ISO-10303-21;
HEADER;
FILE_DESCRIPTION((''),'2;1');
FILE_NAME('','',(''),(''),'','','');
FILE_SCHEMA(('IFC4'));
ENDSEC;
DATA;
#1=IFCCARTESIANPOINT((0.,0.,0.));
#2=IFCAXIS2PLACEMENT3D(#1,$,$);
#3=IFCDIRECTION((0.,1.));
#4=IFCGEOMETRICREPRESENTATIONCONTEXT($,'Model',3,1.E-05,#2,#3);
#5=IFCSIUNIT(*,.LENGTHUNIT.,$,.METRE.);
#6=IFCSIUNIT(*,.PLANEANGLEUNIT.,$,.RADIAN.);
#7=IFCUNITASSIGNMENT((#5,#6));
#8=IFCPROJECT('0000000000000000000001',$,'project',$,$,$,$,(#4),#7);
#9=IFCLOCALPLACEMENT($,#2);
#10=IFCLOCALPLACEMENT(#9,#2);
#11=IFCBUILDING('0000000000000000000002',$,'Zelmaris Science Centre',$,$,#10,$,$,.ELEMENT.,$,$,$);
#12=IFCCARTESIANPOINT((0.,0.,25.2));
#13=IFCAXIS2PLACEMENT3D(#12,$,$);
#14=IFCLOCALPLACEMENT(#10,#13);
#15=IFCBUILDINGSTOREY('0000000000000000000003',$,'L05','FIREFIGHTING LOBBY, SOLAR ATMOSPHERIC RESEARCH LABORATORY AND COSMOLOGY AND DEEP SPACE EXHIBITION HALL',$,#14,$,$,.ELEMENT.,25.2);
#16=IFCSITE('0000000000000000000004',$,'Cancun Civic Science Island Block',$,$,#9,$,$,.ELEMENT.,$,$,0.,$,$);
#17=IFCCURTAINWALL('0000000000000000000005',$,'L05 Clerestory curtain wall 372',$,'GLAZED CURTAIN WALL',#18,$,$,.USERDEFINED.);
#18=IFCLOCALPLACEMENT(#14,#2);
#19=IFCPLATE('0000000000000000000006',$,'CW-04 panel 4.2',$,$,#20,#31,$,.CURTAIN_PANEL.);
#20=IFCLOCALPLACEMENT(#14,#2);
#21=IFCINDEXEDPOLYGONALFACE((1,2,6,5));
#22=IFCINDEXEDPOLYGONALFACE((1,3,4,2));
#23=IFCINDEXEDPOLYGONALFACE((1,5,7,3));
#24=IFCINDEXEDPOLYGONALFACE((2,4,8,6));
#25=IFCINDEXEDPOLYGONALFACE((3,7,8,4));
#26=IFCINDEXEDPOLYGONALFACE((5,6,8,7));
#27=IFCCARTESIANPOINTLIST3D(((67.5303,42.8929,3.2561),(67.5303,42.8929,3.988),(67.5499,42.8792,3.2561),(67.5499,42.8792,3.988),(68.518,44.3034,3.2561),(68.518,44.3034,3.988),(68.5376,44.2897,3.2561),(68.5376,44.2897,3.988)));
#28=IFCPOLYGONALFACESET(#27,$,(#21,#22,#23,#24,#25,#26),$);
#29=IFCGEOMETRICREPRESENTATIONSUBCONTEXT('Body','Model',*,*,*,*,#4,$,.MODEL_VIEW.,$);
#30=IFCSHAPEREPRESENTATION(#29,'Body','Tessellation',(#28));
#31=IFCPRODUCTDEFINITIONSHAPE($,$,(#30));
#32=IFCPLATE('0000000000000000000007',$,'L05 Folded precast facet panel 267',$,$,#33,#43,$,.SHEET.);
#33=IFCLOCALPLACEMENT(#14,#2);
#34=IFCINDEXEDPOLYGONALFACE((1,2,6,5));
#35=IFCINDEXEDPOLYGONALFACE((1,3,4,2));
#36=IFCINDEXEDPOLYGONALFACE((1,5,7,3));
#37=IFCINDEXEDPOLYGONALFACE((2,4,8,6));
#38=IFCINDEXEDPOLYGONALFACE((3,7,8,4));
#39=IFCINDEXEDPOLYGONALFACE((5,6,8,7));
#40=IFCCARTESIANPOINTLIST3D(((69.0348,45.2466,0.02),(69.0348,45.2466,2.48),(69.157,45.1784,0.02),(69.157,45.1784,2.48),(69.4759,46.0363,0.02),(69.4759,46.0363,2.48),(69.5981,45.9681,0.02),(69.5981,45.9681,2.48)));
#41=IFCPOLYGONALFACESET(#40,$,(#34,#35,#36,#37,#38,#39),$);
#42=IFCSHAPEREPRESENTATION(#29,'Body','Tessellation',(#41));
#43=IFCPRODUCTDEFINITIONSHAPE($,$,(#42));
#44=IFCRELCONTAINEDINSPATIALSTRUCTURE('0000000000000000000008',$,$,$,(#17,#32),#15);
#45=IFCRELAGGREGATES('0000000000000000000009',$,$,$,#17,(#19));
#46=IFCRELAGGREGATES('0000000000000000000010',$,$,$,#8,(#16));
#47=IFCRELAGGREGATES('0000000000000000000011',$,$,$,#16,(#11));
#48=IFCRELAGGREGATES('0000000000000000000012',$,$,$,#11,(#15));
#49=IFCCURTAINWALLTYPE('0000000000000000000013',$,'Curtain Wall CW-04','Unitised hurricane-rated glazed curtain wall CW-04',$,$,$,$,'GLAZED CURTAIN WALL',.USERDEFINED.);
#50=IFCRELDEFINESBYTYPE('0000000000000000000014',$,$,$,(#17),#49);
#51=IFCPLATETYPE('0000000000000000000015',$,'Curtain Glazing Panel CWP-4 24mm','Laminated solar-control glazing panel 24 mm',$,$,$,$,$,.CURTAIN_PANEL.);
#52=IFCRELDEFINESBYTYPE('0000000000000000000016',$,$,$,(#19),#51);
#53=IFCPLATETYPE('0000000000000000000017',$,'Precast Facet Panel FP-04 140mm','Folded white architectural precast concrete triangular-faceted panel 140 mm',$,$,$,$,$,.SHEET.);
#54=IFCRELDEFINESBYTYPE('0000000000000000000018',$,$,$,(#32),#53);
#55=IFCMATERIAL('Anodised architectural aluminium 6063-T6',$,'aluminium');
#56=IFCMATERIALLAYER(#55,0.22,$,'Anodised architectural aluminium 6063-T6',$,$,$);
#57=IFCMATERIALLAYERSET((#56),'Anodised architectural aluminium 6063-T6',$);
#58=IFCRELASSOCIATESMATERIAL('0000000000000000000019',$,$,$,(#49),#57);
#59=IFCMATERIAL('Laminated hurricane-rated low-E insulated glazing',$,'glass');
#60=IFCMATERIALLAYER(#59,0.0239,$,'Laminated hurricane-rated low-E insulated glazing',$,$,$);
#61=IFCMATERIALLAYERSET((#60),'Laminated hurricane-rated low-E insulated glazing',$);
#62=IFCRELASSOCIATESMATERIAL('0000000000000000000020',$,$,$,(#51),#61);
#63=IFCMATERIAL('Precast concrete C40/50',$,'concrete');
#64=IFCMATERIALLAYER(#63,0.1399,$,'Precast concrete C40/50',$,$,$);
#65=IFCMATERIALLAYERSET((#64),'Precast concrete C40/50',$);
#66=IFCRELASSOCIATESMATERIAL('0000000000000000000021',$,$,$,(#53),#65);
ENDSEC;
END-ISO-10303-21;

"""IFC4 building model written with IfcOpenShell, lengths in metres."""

from ifc_helpers import new_model, si_unit, direction, frame, frame_2d, origin, origin_2d, place, context, subcontext, project, spatial, rectangle, extrude, material, layer, layer_set, type_object, element, aggregate, save


model = new_model("IFC4")

# Units and contexts
model_context = context("Model", 3, precision=1e-05, world=origin(), true_north=direction((0.0, 1.0)))
body_context = subcontext(model_context, "Body", "Model", "MODEL_VIEW")
ifc_project = project(units=[si_unit("LENGTHUNIT", "METRE"), si_unit("PLANEANGLEUNIT", "RADIAN")], contexts=[model_context])

# Site, building, storey
site_placement = place(None, origin())
site = spatial("IfcSite", under=ifc_project, at=site_placement, Name="Cancun Civic Science Island Block", CompositionType="ELEMENT", RefElevation=0.0)
building_placement = place(site_placement, origin())
building = spatial("IfcBuilding", under=site, at=building_placement, Name="Zelmaris Science Centre", CompositionType="ELEMENT")
storey_placement = place(building_placement, frame((0.0, 0.0, 25.2)))
storey = spatial("IfcBuildingStorey", under=building, at=storey_placement, Name="L05", Description="FIREFIGHTING LOBBY, SOLAR ATMOSPHERIC RESEARCH LABORATORY AND COSMOLOGY AND DEEP SPACE EXHIBITION HALL", CompositionType="ELEMENT", Elevation=25.2)

# Curtain wall
ifc_material_1 = material(Name="Anodised architectural aluminium 6063-T6", Category="aluminium")
ifc_layer_1 = layer(ifc_material_1, 0.22, Name="Anodised architectural aluminium 6063-T6")
ifc_layer_set_1 = layer_set([ifc_layer_1], Name="Anodised architectural aluminium 6063-T6")
curtain_wall_type = type_object("IfcCurtainWallType", Name="Curtain Wall CW-04", Description="Unitised hurricane-rated glazed curtain wall CW-04", ElementType="GLAZED CURTAIN WALL", PredefinedType="USERDEFINED", material=ifc_layer_set_1)
curtain_wall_placement = place(storey_placement, origin())
curtain_wall = element("IfcCurtainWall", 1, at=curtain_wall_placement, inside=storey, type_object=curtain_wall_type, Name="L05 Clerestory curtain wall 372", ObjectType="GLAZED CURTAIN WALL", PredefinedType="USERDEFINED")

# Plates
ifc_material_2 = material(Name="Laminated hurricane-rated low-E insulated glazing", Category="glass")
ifc_layer_2 = layer(ifc_material_2, 0.0239, Name="Laminated hurricane-rated low-E insulated glazing")
ifc_layer_set_2 = layer_set([ifc_layer_2], Name="Laminated hurricane-rated low-E insulated glazing")
plate_type_1 = type_object("IfcPlateType", Name="Curtain Glazing Panel CWP-4 24mm", Description="Laminated solar-control glazing panel 24 mm", PredefinedType="CURTAIN_PANEL", material=ifc_layer_set_2)
plate_1_placement = place(storey_placement, frame((68.0339, 43.5913, 3.2561), z_axis=(0.0, 0.0, 1.0), x_axis=(0.573575, 0.819153, 0.0)))
plate_1 = element("IfcPlate", 2, at=plate_1_placement, type_object=plate_type_1, Name="CW-04 panel 4.2", PredefinedType="CURTAIN_PANEL", context=body_context, shape_type="SweptSolid", body=[
    extrude(rectangle(XDim=1.7219, YDim=0.0239, at=origin_2d()), origin(), (0.0, 0.0, 1.0), 0.7319),
])
aggregate(curtain_wall, [plate_1])
ifc_material_3 = material(Name="Precast concrete C40/50", Category="concrete")
ifc_layer_3 = layer(ifc_material_3, 0.1399, Name="Precast concrete C40/50")
ifc_layer_set_3 = layer_set([ifc_layer_3], Name="Precast concrete C40/50")
plate_type_2 = type_object("IfcPlateType", Name="Precast Facet Panel FP-04 140mm", Description="Folded white architectural precast concrete triangular-faceted panel 140 mm", PredefinedType="SHEET", material=ifc_layer_set_3)
plate_2_placement = place(storey_placement, frame((69.0959, 45.2126, 0.02), z_axis=(0.0, 0.0, 1.0), x_axis=(0.487658, 0.873035, 0.0)))
element("IfcPlate", 3, at=plate_2_placement, inside=storey, type_object=plate_type_2, Name="L05 Folded precast facet panel 267", PredefinedType="SHEET", context=body_context, shape_type="SweptSolid", body=[
    extrude(rectangle(XDim=0.9045, YDim=0.1399, at=frame_2d((0.4521, 0.0))), origin(), (0.0, 0.0, 1.0), 2.46),
])

save(model, "model.ifc")
